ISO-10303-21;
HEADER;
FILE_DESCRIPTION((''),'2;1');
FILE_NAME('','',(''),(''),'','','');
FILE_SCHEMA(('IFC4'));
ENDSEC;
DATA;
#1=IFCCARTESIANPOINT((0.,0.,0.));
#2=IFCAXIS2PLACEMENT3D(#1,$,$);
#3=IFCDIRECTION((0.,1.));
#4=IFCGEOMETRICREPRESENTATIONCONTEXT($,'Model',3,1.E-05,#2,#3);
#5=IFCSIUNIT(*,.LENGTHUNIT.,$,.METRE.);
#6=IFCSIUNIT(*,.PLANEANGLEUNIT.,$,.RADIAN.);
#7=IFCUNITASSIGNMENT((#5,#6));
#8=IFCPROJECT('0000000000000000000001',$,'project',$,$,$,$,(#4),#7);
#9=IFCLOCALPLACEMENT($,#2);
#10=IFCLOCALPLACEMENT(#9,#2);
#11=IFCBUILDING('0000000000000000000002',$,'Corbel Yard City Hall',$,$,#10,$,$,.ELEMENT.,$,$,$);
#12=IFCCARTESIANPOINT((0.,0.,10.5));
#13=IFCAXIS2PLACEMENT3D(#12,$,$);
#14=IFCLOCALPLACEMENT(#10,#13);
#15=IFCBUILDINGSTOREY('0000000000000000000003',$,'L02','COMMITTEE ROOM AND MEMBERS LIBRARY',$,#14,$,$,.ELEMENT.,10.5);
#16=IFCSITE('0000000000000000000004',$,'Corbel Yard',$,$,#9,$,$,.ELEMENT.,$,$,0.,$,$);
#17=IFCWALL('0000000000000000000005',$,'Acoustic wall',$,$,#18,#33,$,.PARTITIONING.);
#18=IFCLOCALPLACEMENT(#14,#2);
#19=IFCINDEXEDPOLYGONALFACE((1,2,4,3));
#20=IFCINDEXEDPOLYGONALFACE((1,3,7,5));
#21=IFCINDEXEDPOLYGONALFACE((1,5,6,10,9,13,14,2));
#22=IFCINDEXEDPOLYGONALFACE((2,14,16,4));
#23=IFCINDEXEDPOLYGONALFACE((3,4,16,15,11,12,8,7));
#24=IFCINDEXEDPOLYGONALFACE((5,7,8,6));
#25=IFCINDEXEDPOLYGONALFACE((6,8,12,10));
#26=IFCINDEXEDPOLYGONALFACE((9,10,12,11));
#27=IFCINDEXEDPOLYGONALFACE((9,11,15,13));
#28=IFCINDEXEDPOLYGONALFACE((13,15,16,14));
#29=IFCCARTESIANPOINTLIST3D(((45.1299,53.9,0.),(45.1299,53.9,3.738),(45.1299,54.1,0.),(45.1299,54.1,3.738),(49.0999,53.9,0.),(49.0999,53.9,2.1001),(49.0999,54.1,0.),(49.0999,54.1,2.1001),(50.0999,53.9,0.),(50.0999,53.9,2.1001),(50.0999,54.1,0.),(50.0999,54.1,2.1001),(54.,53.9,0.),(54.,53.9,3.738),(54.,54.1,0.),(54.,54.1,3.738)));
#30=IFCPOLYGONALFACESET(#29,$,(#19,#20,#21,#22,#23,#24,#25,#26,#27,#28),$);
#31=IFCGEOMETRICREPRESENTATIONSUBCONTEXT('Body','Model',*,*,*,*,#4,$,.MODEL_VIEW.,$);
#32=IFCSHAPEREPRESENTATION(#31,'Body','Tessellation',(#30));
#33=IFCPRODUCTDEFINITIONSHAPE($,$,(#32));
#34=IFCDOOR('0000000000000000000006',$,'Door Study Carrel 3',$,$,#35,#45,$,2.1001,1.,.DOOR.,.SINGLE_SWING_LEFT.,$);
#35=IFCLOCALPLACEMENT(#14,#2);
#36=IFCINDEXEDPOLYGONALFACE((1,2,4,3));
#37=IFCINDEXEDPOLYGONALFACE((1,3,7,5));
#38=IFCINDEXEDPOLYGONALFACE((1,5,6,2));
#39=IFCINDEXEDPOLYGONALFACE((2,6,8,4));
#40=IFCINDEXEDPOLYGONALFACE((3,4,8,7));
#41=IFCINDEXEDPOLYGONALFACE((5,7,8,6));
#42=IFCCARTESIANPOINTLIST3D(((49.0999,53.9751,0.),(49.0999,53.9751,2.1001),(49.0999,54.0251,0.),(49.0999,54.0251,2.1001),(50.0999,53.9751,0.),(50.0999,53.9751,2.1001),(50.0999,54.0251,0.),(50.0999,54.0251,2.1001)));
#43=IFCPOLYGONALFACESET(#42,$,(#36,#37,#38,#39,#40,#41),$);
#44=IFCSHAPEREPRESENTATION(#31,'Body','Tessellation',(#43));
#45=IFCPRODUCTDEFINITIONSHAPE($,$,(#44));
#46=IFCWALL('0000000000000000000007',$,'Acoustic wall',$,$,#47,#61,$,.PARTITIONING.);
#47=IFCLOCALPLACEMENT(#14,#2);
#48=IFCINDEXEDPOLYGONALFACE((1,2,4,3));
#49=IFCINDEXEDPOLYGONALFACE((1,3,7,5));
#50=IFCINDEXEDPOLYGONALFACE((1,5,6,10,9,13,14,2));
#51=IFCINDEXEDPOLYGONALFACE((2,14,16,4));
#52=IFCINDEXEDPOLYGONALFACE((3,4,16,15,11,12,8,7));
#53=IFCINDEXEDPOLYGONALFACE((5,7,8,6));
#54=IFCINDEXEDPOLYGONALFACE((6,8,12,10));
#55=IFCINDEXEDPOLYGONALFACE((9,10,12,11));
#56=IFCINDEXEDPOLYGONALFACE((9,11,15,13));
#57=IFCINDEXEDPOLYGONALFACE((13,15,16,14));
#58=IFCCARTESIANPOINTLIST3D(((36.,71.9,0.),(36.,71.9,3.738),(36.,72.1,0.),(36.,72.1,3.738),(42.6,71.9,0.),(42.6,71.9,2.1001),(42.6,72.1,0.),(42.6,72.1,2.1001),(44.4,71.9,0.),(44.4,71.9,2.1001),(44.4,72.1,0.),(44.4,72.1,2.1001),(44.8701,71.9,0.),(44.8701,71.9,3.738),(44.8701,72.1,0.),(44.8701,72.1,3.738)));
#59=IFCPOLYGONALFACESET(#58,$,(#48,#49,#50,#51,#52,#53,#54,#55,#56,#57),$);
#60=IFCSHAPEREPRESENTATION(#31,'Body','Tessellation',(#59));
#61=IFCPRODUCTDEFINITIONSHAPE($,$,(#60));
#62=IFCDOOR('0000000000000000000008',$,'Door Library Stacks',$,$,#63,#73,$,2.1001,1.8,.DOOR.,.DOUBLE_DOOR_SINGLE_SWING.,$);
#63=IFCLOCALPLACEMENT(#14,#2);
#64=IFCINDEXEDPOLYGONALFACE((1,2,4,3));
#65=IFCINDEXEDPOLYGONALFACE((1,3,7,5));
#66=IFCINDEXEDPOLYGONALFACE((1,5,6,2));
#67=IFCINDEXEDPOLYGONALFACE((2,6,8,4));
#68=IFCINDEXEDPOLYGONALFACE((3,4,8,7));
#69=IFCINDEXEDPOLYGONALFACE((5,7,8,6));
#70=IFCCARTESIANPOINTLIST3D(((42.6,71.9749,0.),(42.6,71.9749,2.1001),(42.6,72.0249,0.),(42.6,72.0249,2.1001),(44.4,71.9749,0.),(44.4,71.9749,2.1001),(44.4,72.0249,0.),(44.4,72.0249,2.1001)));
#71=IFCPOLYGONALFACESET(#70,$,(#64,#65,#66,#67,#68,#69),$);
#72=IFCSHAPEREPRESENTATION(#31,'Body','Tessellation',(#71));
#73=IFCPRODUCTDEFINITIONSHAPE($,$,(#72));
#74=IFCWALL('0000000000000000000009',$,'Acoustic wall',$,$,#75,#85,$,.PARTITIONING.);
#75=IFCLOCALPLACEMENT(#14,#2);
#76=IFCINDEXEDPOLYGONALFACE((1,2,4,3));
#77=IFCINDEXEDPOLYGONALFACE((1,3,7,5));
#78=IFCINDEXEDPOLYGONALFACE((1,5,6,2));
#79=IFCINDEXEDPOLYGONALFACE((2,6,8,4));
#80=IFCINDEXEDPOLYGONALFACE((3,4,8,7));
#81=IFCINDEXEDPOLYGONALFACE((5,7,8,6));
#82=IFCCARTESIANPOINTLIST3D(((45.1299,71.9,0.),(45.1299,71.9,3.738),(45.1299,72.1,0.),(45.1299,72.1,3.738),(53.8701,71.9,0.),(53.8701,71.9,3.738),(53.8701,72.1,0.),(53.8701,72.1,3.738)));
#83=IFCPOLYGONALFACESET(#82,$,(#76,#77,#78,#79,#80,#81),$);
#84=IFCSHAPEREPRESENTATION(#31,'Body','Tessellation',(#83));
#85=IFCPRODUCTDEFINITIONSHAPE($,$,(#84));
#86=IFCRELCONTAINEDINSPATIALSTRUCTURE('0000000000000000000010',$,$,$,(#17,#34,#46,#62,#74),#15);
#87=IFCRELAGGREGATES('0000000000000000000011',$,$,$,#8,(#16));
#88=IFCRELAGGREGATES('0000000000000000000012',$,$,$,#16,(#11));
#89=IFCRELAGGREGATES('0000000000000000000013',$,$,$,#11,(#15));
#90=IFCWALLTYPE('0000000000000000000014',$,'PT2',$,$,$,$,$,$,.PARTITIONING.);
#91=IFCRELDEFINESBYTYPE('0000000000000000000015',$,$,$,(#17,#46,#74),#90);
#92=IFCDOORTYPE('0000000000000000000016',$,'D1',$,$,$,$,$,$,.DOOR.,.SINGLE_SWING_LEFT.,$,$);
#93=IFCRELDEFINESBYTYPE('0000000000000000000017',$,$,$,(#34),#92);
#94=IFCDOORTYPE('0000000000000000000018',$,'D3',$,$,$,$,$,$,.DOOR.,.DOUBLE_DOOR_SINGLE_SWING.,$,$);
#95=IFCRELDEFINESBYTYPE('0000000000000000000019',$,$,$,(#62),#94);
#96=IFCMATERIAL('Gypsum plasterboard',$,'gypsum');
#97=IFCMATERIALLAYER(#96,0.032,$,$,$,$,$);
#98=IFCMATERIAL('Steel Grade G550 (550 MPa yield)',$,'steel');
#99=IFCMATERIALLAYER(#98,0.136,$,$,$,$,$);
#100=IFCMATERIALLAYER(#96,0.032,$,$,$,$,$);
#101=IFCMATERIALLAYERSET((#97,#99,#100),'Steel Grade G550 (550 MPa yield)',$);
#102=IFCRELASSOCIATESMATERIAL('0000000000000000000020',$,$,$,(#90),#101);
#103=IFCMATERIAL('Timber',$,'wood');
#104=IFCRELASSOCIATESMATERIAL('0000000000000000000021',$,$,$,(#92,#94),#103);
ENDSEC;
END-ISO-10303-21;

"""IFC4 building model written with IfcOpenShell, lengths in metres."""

from ifc_helpers import new_model, si_unit, direction, frame, frame_2d, origin, place, context, subcontext, project, spatial, rectangle, extrude, material, layer, layer_set, type_object, element, fill, save


model = new_model("IFC4")

# Units and contexts
model_context = context("Model", 3, precision=1e-05, world=origin(), true_north=direction((0.0, 1.0)))
body_context = subcontext(model_context, "Body", "Model", "MODEL_VIEW")
ifc_project = project(units=[si_unit("LENGTHUNIT", "METRE"), si_unit("PLANEANGLEUNIT", "RADIAN")], contexts=[model_context])

# Site, building, storey
site_placement = place(None, origin())
site = spatial("IfcSite", under=ifc_project, at=site_placement, Name="Corbel Yard", CompositionType="ELEMENT", RefElevation=0.0)
building_placement = place(site_placement, origin())
building = spatial("IfcBuilding", under=site, at=building_placement, Name="Corbel Yard City Hall", CompositionType="ELEMENT")
storey_placement = place(building_placement, frame((0.0, 0.0, 10.5)))
storey = spatial("IfcBuildingStorey", under=building, at=storey_placement, Name="L02", Description="COMMITTEE ROOM AND MEMBERS LIBRARY", CompositionType="ELEMENT", Elevation=10.5)

# Walls, openings, doors
ifc_material_1 = material(Name="Gypsum plasterboard", Category="gypsum")
ifc_layer_1 = layer(ifc_material_1, 0.032)
ifc_material_2 = material(Name="Steel Grade G550 (550 MPa yield)", Category="steel")
ifc_layer_2 = layer(ifc_material_2, 0.136)
ifc_layer_3 = layer(ifc_material_1, 0.032)
ifc_layer_set_1 = layer_set([ifc_layer_1, ifc_layer_2, ifc_layer_3], Name="Steel Grade G550 (550 MPa yield)")
wall_type_1 = type_object("IfcWallType", Name="PT2", PredefinedType="PARTITIONING", material=ifc_layer_set_1)
wall_1_placement = place(storey_placement, frame((45.1299, 54.0, 0.0), z_axis=(0.0, 0.0, 1.0), x_axis=(1.0, 0.0, 0.0)))
wall_1 = element("IfcWall", 1, at=wall_1_placement, inside=storey, type_object=wall_type_1, Name="Acoustic wall", PredefinedType="PARTITIONING", context=body_context, shape_type="SweptSolid", body=[
    extrude(rectangle(XDim=8.8701, YDim=0.2, at=frame_2d((4.4351, 0.0))), origin(), (0.0, 0.0, 1.0), 3.738),
])
opening_1_placement = place(wall_1_placement, frame((3.97, 0.0, 0.0)))
opening_1 = element("IfcOpeningElement", 2, at=opening_1_placement, cuts=wall_1, PredefinedType="OPENING", context=body_context, shape_type="SweptSolid", body=[
    extrude(rectangle(XDim=1.0, YDim=2.1001, at=frame_2d((0.5, 1.05))), frame((0.0, 0.1099, 0.0), z_axis=(0.0, -1.0, 0.0), x_axis=(1.0, 0.0, 0.0)), (0.0, 0.0, 1.0), 0.22),
])
ifc_material_3 = material(Name="Timber", Category="wood")
door_type_1 = type_object("IfcDoorType", Name="D1", OperationType="SINGLE_SWING_LEFT", PredefinedType="DOOR", material=ifc_material_3)
door_1_placement = place(opening_1_placement, frame((1.0, 0.0, 0.0), z_axis=(0.0, 0.0, 1.0), x_axis=(-1.0, 0.0, 0.0)))
door_1 = element("IfcDoor", 3, at=door_1_placement, inside=storey, type_object=door_type_1, Name="Door Study Carrel 3", OperationType="SINGLE_SWING_LEFT", OverallHeight=2.1001, OverallWidth=1.0, PredefinedType="DOOR", context=body_context, shape_type="SweptSolid", body=[
    extrude(rectangle(XDim=1.0, YDim=2.1001, at=frame_2d((0.5, 1.05))), frame((0.0, 0.0249, 0.0), z_axis=(0.0, -1.0, 0.0), x_axis=(1.0, 0.0, 0.0)), (0.0, 0.0, 1.0), 0.05),
])
fill(opening_1, door_1)
wall_2_placement = place(storey_placement, frame((36.0, 72.0, 0.0), z_axis=(0.0, 0.0, 1.0), x_axis=(1.0, 0.0, 0.0)))
wall_2 = element("IfcWall", 4, at=wall_2_placement, inside=storey, type_object=wall_type_1, Name="Acoustic wall", PredefinedType="PARTITIONING", context=body_context, shape_type="SweptSolid", body=[
    extrude(rectangle(XDim=8.8701, YDim=0.2, at=frame_2d((4.4351, 0.0))), origin(), (0.0, 0.0, 1.0), 3.738),
])
opening_2_placement = place(wall_2_placement, frame((6.6001, 0.0, 0.0)))
opening_2 = element("IfcOpeningElement", 5, at=opening_2_placement, cuts=wall_2, PredefinedType="OPENING", context=body_context, shape_type="SweptSolid", body=[
    extrude(rectangle(XDim=1.8, YDim=2.1001, at=frame_2d((0.8999, 1.05))), frame((0.0, 0.1099, 0.0), z_axis=(0.0, -1.0, 0.0), x_axis=(1.0, 0.0, 0.0)), (0.0, 0.0, 1.0), 0.22),
])
door_type_2 = type_object("IfcDoorType", Name="D3", OperationType="DOUBLE_DOOR_SINGLE_SWING", PredefinedType="DOOR", material=ifc_material_3)
door_2_placement = place(opening_2_placement, origin())
door_2 = element("IfcDoor", 6, at=door_2_placement, inside=storey, type_object=door_type_2, Name="Door Library Stacks", OperationType="DOUBLE_DOOR_SINGLE_SWING", OverallHeight=2.1001, OverallWidth=1.8, PredefinedType="DOOR", context=body_context, shape_type="SweptSolid", body=[
    extrude(rectangle(XDim=1.8, YDim=2.1001, at=frame_2d((0.8999, 1.05))), frame((0.0, 0.0249, 0.0), z_axis=(0.0, -1.0, 0.0), x_axis=(1.0, 0.0, 0.0)), (0.0, 0.0, 1.0), 0.05),
])
fill(opening_2, door_2)

# Wall
wall_3_placement = place(storey_placement, frame((45.1299, 72.0, 0.0), z_axis=(0.0, 0.0, 1.0), x_axis=(1.0, 0.0, 0.0)))
element("IfcWall", 7, at=wall_3_placement, inside=storey, type_object=wall_type_1, Name="Acoustic wall", PredefinedType="PARTITIONING", context=body_context, shape_type="SweptSolid", body=[
    extrude(rectangle(XDim=8.7402, YDim=0.2, at=frame_2d((4.3701, 0.0))), origin(), (0.0, 0.0, 1.0), 3.738),
])

save(model, "model.ifc")
